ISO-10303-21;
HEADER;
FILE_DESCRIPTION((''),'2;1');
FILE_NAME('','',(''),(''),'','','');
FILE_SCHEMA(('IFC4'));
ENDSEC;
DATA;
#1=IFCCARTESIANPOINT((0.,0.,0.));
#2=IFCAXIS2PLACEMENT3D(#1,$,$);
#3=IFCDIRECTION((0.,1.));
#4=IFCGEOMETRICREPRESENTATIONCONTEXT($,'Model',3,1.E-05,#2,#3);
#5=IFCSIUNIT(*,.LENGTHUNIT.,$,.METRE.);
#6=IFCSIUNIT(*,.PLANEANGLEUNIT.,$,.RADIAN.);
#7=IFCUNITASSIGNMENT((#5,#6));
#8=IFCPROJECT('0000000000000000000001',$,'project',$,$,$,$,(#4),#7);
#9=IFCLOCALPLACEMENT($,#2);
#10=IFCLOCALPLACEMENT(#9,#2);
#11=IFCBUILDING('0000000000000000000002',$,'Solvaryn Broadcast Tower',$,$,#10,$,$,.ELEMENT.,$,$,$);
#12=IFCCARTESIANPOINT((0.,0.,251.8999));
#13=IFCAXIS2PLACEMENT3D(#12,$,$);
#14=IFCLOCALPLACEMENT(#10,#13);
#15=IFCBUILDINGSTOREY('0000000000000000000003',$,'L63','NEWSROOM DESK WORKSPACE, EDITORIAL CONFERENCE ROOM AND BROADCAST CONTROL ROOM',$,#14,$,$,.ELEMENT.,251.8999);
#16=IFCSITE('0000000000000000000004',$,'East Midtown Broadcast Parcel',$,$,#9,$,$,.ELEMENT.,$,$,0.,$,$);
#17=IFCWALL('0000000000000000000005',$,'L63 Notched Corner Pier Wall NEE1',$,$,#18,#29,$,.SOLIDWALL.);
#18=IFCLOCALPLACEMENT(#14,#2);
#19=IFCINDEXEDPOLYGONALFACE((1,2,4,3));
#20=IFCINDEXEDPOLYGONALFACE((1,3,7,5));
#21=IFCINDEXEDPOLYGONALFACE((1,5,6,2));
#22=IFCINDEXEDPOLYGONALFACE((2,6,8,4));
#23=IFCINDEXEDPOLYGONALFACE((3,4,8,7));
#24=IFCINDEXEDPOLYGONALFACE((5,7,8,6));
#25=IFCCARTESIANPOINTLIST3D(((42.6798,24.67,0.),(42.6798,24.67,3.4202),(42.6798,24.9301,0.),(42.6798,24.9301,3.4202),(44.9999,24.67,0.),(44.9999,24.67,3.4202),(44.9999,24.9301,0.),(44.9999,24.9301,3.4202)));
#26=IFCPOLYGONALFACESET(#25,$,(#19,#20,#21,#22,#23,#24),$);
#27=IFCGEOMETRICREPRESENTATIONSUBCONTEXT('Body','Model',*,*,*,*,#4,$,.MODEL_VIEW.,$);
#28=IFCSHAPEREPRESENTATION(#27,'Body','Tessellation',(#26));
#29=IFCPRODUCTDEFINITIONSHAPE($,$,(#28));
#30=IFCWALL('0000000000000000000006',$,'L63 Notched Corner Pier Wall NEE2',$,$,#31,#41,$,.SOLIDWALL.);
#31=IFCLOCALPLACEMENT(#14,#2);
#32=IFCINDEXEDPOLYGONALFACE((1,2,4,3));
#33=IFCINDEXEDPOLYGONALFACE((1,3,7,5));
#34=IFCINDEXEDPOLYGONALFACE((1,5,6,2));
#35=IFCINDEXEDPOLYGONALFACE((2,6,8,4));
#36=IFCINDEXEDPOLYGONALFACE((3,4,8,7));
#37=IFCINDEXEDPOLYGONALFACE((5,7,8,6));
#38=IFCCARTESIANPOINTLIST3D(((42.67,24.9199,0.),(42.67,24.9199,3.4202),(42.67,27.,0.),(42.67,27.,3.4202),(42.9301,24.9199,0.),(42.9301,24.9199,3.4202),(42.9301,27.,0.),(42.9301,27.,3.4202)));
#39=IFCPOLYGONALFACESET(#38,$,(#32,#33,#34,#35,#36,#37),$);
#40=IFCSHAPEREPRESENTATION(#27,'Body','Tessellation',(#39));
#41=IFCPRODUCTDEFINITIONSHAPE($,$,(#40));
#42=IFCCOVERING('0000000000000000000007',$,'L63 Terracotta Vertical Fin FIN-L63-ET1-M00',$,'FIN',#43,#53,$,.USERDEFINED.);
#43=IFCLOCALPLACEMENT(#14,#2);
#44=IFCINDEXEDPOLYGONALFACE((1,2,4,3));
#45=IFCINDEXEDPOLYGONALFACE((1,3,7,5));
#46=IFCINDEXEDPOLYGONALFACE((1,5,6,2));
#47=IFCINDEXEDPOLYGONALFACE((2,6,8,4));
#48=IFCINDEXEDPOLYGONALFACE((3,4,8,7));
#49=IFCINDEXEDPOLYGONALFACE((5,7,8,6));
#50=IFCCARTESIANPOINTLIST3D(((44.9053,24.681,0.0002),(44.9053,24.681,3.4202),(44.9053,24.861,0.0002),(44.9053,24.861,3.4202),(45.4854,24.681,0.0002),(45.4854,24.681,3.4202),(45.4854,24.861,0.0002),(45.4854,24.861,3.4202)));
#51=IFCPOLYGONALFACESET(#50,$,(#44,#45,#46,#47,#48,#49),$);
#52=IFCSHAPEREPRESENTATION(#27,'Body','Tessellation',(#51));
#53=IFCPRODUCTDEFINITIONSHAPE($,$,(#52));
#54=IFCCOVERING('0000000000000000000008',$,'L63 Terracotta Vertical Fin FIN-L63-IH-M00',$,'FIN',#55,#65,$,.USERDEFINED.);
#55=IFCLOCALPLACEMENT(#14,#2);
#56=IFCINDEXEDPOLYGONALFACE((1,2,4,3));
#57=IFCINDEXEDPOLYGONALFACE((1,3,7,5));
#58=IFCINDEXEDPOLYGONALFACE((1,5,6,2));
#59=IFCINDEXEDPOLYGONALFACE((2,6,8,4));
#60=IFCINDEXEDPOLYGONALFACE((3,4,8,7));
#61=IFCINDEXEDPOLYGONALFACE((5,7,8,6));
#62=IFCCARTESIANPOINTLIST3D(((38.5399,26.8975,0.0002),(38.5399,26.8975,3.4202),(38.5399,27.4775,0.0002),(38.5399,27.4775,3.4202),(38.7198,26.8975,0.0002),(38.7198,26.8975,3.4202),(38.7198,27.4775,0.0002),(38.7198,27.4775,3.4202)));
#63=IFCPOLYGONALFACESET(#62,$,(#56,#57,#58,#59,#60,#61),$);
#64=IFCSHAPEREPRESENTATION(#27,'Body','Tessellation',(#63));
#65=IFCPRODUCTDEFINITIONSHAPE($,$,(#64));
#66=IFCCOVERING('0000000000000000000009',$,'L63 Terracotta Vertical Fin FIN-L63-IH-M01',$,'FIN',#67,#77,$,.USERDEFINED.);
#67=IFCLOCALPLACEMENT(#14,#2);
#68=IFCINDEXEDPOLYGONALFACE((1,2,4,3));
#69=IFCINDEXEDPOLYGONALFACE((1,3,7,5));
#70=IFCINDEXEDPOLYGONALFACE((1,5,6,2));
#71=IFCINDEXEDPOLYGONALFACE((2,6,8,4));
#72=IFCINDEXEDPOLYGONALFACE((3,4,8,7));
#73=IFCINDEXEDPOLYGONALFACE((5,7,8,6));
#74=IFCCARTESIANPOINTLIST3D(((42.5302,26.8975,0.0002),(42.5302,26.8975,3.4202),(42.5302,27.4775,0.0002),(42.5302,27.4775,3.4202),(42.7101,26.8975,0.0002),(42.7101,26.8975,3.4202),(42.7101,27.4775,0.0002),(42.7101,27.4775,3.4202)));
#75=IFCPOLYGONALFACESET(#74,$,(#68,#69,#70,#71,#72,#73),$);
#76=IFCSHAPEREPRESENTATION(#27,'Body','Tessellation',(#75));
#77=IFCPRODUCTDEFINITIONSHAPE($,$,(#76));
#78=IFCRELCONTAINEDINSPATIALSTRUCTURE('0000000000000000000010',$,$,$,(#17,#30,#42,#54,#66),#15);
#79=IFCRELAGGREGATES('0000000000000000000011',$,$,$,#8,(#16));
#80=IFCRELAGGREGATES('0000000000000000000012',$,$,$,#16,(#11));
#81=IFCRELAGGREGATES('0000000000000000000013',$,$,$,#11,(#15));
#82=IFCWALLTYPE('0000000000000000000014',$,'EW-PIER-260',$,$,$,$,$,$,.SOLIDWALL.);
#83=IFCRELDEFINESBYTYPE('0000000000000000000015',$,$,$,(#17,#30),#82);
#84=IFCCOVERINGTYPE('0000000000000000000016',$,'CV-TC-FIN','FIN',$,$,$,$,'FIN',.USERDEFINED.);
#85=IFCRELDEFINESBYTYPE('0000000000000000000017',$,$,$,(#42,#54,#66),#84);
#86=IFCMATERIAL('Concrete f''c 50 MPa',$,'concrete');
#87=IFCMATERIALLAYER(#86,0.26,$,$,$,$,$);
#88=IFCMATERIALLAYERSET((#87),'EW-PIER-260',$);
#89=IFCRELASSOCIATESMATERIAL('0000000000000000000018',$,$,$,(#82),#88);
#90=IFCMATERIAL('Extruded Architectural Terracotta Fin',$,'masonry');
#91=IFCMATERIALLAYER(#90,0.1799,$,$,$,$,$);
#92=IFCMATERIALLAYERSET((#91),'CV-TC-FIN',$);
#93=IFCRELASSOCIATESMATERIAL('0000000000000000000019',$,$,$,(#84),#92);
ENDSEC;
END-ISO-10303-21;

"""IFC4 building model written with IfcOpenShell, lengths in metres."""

from ifc_helpers import new_model, si_unit, direction, frame, frame_2d, origin, origin_2d, place, context, subcontext, project, spatial, rectangle, extrude, material, layer, layer_set, type_object, element, save


model = new_model("IFC4")

# Units and contexts
model_context = context("Model", 3, precision=1e-05, world=origin(), true_north=direction((0.0, 1.0)))
body_context = subcontext(model_context, "Body", "Model", "MODEL_VIEW")
ifc_project = project(units=[si_unit("LENGTHUNIT", "METRE"), si_unit("PLANEANGLEUNIT", "RADIAN")], contexts=[model_context])

# Site, building, storey
site_placement = place(None, origin())
site = spatial("IfcSite", under=ifc_project, at=site_placement, Name="East Midtown Broadcast Parcel", CompositionType="ELEMENT", RefElevation=0.0)
building_placement = place(site_placement, origin())
building = spatial("IfcBuilding", under=site, at=building_placement, Name="Solvaryn Broadcast Tower", CompositionType="ELEMENT")
storey_placement = place(building_placement, frame((0.0, 0.0, 251.8999)))
storey = spatial("IfcBuildingStorey", under=building, at=storey_placement, Name="L63", Description="NEWSROOM DESK WORKSPACE, EDITORIAL CONFERENCE ROOM AND BROADCAST CONTROL ROOM", CompositionType="ELEMENT", Elevation=251.8999)

# Walls
ifc_material_1 = material(Name="Concrete f'c 50 MPa", Category="concrete")
ifc_layer_1 = layer(ifc_material_1, 0.26)
ifc_layer_set_1 = layer_set([ifc_layer_1], Name="EW-PIER-260")
wall_type_1 = type_object("IfcWallType", Name="EW-PIER-260", PredefinedType="SOLIDWALL", material=ifc_layer_set_1)
wall_1_placement = place(storey_placement, frame((45.0, 24.8, 0.0), z_axis=(0.0, 0.0, 1.0), x_axis=(-1.0, 0.0, 0.0)))
element("IfcWall", 1, at=wall_1_placement, inside=storey, type_object=wall_type_1, Name="L63 Notched Corner Pier Wall NEE1", PredefinedType="SOLIDWALL", context=body_context, shape_type="SweptSolid", body=[
    extrude(rectangle(XDim=2.3201, YDim=0.26, at=frame_2d((1.1602, 0.0))), origin(), (0.0, 0.0, 1.0), 3.4202),
])
wall_2_placement = place(storey_placement, frame((42.8, 24.9199, 0.0), z_axis=(0.0, 0.0, 1.0), x_axis=(0.0, 1.0, 0.0)))
element("IfcWall", 2, at=wall_2_placement, inside=storey, type_object=wall_type_1, Name="L63 Notched Corner Pier Wall NEE2", PredefinedType="SOLIDWALL", context=body_context, shape_type="SweptSolid", body=[
    extrude(rectangle(XDim=2.0801, YDim=0.26, at=frame_2d((1.04, 0.0))), origin(), (0.0, 0.0, 1.0), 3.4202),
])

# Coverings
ifc_material_2 = material(Name="Extruded Architectural Terracotta Fin", Category="masonry")
ifc_layer_2 = layer(ifc_material_2, 0.1799)
ifc_layer_set_2 = layer_set([ifc_layer_2], Name="CV-TC-FIN")
covering_type = type_object("IfcCoveringType", Name="CV-TC-FIN", Description="FIN", ElementType="FIN", PredefinedType="USERDEFINED", material=ifc_layer_set_2)
covering_placement = place(storey_placement, frame((45.1953, 24.771, 0.0002), z_axis=(0.0, 0.0, 1.0), x_axis=(1.0, 0.0, 0.0)))
element("IfcCovering", 3, at=covering_placement, inside=storey, type_object=covering_type, Name="L63 Terracotta Vertical Fin FIN-L63-ET1-M00", ObjectType="FIN", PredefinedType="USERDEFINED", context=body_context, shape_type="SweptSolid", body=[
    extrude(rectangle(XDim=0.5801, YDim=0.1799, at=origin_2d()), origin(), (0.0, 0.0, 1.0), 3.4199),
])
for number, where, z_axis, x_axis, name in (
    (4, (38.6299, 27.1875, 0.0002), (0.0, 0.0, 1.0), (1.0, 0.0, 0.0), "L63 Terracotta Vertical Fin FIN-L63-IH-M00"),
    (5, (42.6201, 27.1875, 0.0002), (0.0, 0.0, 1.0), (1.0, 0.0, 0.0), "L63 Terracotta Vertical Fin FIN-L63-IH-M01"),
):
    element("IfcCovering", number, at=place(storey_placement, frame(where, z_axis=z_axis, x_axis=x_axis)), inside=storey, type_object=covering_type, Name=name, ObjectType="FIN", PredefinedType="USERDEFINED", context=body_context, shape_type="SweptSolid", body=[
        extrude(rectangle(XDim=0.1799, YDim=0.5801, at=origin_2d()), origin(), (0.0, 0.0, 1.0), 3.4199),
    ])

save(model, "model.ifc")
